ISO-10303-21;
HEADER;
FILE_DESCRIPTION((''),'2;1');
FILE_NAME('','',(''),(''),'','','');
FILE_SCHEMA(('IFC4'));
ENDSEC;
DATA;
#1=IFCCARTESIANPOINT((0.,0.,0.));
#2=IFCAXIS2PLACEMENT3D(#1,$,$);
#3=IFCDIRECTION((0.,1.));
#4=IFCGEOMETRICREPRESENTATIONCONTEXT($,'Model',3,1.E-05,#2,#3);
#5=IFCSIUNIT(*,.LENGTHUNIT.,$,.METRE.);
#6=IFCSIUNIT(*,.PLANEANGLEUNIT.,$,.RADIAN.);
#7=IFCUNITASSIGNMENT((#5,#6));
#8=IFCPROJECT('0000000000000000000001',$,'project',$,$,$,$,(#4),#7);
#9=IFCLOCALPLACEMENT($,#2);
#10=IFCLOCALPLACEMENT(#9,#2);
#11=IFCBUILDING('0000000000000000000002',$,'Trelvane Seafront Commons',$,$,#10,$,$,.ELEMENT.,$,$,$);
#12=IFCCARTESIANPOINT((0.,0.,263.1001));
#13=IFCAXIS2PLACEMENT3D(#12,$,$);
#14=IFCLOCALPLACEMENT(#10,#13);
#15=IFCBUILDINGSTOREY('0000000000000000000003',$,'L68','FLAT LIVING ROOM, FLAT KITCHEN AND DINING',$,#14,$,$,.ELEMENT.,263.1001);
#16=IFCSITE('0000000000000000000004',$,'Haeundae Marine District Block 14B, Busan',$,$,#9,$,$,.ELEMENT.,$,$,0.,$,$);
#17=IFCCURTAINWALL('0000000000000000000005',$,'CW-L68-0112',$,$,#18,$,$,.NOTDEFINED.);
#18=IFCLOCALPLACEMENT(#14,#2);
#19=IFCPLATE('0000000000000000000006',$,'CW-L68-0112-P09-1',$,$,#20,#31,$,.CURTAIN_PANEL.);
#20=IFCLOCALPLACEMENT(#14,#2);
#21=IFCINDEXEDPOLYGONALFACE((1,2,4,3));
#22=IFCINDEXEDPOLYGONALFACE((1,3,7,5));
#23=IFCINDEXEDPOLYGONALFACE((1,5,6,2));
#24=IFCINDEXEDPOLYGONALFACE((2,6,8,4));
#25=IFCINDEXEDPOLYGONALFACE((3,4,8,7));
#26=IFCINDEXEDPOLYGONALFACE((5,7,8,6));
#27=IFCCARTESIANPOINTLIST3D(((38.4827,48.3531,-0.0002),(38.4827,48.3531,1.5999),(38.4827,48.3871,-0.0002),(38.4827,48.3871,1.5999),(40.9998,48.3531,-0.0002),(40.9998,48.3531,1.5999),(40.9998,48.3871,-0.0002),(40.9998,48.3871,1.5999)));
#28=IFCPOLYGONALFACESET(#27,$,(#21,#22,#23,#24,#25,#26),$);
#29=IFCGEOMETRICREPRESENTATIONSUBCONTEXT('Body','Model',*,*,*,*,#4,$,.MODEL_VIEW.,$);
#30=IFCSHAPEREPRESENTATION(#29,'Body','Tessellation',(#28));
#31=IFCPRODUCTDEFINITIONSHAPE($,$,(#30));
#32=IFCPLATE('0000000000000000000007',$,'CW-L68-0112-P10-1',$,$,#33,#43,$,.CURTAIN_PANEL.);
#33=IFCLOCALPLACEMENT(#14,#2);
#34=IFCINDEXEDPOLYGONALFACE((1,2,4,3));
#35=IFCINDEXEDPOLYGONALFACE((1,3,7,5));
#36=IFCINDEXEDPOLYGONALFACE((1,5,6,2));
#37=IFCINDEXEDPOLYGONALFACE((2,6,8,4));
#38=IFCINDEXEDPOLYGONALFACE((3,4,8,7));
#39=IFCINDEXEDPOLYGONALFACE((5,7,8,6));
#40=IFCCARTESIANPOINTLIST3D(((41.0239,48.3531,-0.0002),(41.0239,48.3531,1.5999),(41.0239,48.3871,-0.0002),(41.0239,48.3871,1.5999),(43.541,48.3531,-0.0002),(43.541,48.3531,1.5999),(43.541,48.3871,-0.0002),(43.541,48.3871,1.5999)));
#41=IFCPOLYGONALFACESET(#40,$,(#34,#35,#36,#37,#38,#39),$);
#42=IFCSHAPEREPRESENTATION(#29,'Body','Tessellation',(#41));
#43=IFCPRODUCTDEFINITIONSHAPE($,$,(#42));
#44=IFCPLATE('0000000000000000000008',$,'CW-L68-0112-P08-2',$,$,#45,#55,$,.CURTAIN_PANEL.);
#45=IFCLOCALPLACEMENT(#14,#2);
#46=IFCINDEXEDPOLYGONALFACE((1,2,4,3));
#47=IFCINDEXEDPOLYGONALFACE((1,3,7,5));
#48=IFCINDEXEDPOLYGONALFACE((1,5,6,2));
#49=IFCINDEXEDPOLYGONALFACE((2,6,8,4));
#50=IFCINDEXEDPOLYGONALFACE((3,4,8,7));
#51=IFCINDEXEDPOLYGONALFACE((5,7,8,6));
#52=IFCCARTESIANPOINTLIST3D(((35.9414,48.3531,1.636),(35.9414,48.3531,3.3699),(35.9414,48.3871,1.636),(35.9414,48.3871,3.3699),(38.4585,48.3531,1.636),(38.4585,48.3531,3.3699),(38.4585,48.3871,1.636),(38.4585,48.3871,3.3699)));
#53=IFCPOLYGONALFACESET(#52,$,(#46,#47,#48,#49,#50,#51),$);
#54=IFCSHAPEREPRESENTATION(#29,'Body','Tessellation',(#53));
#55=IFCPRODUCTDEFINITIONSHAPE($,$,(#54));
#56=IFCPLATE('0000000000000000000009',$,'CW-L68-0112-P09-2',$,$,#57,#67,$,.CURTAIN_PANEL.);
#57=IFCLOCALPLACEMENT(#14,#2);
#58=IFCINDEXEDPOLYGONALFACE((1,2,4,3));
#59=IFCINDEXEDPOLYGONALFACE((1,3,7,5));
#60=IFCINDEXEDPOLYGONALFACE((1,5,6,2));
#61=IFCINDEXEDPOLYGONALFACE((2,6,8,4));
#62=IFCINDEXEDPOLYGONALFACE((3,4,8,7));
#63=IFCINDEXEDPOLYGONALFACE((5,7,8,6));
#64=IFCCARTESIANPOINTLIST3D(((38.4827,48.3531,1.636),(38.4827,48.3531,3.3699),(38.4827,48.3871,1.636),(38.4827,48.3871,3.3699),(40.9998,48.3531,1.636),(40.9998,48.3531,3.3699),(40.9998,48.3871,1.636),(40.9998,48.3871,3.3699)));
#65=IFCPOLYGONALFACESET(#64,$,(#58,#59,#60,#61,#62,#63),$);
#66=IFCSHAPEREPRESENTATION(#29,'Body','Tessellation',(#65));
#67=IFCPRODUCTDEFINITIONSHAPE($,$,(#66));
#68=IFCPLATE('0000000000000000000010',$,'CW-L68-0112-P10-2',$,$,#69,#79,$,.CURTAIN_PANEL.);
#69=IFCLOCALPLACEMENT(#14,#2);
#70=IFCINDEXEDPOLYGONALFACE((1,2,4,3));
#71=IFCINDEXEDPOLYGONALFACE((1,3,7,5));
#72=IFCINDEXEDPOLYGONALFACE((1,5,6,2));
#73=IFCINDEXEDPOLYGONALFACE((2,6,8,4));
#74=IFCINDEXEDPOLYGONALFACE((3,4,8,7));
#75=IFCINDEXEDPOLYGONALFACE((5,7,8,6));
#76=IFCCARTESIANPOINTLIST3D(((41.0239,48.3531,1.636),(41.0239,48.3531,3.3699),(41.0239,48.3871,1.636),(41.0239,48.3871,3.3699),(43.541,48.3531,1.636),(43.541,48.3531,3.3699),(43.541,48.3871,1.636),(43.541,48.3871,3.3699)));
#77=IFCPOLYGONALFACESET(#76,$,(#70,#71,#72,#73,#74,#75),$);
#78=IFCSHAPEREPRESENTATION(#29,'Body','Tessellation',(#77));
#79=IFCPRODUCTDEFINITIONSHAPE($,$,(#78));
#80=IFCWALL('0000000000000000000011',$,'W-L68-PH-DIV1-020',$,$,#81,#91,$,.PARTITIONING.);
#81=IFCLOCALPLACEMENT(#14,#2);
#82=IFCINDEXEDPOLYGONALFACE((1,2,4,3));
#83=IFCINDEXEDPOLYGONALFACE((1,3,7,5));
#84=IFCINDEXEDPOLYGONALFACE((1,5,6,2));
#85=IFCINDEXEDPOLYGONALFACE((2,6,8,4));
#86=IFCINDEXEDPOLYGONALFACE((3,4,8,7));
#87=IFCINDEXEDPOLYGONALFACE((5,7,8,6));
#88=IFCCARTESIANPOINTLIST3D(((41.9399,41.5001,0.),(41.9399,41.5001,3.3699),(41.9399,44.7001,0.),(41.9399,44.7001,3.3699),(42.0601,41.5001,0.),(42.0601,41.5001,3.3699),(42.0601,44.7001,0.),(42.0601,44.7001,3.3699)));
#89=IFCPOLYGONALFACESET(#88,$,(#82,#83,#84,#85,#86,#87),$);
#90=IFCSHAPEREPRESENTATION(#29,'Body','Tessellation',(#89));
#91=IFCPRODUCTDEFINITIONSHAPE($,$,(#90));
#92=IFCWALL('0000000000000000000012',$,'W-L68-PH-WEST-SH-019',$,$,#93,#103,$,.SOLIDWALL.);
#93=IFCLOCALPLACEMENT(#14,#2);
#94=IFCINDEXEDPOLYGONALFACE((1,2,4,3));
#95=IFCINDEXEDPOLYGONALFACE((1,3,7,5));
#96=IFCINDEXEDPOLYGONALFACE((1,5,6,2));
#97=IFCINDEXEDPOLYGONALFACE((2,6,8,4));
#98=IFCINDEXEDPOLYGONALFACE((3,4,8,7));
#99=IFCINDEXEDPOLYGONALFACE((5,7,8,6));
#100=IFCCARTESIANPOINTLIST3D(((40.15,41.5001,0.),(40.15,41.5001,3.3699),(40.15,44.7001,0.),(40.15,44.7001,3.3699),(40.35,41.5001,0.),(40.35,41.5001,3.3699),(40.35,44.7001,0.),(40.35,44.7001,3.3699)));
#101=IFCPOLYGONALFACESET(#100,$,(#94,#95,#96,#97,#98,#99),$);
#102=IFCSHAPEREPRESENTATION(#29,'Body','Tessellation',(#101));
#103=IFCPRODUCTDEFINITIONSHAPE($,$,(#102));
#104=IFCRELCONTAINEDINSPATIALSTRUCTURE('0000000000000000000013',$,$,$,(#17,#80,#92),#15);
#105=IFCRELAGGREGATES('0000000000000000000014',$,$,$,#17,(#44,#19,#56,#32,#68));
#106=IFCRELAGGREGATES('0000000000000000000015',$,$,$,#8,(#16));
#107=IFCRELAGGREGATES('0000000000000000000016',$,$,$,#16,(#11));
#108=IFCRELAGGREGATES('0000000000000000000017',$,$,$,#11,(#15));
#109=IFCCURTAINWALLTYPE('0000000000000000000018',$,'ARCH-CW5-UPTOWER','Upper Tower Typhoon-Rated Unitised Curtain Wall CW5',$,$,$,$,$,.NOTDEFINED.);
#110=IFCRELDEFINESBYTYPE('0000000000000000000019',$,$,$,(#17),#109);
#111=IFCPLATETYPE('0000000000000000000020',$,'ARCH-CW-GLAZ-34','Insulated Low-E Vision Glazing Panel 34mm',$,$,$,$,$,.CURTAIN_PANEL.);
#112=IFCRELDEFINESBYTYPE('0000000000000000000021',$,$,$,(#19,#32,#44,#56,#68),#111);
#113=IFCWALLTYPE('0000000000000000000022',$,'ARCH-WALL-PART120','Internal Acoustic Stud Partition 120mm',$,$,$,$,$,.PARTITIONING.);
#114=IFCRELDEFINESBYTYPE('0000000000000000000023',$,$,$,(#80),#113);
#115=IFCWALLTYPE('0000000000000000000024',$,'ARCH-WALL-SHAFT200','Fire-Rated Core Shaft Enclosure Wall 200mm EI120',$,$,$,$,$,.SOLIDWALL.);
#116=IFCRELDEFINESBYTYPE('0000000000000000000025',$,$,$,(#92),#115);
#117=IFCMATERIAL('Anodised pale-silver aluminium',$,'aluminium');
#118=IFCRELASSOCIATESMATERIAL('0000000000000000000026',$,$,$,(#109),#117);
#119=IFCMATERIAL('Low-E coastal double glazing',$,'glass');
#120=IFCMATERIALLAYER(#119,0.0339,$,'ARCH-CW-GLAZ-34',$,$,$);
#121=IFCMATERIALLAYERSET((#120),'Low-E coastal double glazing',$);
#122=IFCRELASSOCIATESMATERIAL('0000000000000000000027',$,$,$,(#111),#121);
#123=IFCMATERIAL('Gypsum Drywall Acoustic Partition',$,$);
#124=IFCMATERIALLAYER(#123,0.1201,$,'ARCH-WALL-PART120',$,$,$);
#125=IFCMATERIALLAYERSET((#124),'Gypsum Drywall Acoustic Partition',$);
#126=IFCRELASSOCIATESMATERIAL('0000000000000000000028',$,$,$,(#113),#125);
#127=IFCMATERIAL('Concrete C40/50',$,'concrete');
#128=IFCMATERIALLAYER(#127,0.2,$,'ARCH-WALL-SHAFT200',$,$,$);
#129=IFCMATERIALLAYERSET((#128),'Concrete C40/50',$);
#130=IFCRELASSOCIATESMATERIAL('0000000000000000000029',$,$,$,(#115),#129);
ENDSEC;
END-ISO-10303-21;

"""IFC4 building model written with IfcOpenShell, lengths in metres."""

from ifc_helpers import new_model, si_unit, direction, frame, frame_2d, origin, origin_2d, place, context, subcontext, project, spatial, rectangle, extrude, source, transform, mapped, material, layer, layer_set, type_object, element, aggregate, save


model = new_model("IFC4")

# Units and contexts
model_context = context("Model", 3, precision=1e-05, world=origin(), true_north=direction((0.0, 1.0)))
body_context = subcontext(model_context, "Body", "Model", "MODEL_VIEW")
ifc_project = project(units=[si_unit("LENGTHUNIT", "METRE"), si_unit("PLANEANGLEUNIT", "RADIAN")], contexts=[model_context])

# Site, building, storey
site_placement = place(None, origin())
site = spatial("IfcSite", under=ifc_project, at=site_placement, Name="Haeundae Marine District Block 14B, Busan", CompositionType="ELEMENT", RefElevation=0.0)
building_placement = place(site_placement, origin())
building = spatial("IfcBuilding", under=site, at=building_placement, Name="Trelvane Seafront Commons", CompositionType="ELEMENT")
storey_placement = place(building_placement, frame((0.0, 0.0, 263.1001)))
storey = spatial("IfcBuildingStorey", under=building, at=storey_placement, Name="L68", Description="FLAT LIVING ROOM, FLAT KITCHEN AND DINING", CompositionType="ELEMENT", Elevation=263.1001)

# Curtain wall
ifc_material_1 = material(Name="Anodised pale-silver aluminium", Category="aluminium")
curtain_wall_type = type_object("IfcCurtainWallType", Name="ARCH-CW5-UPTOWER", Description="Upper Tower Typhoon-Rated Unitised Curtain Wall CW5", PredefinedType="NOTDEFINED", material=ifc_material_1)
curtain_wall_placement = place(storey_placement, origin())
curtain_wall = element("IfcCurtainWall", 1, at=curtain_wall_placement, inside=storey, type_object=curtain_wall_type, Name="CW-L68-0112", PredefinedType="NOTDEFINED")

# Plates
ifc_material_2 = material(Name="Low-E coastal double glazing", Category="glass")
ifc_layer_1 = layer(ifc_material_2, 0.0339, Name="ARCH-CW-GLAZ-34")
ifc_layer_set_1 = layer_set([ifc_layer_1], Name="Low-E coastal double glazing")
plate_type_1 = type_object("IfcPlateType", Name="ARCH-CW-GLAZ-34", Description="Insulated Low-E Vision Glazing Panel 34mm", PredefinedType="CURTAIN_PANEL", material=ifc_layer_set_1)
shared_shape_1 = source(origin(), body_context, "Body", "SweptSolid", [
    extrude(rectangle(XDim=2.5171, YDim=0.0339, at=origin_2d()), origin(), (0.0, 0.0, 1.0), 1.6001),
])
plate_1_placement = place(storey_placement, frame((39.7412, 48.3701, -0.0002), z_axis=(0.0, 0.0, 1.0), x_axis=(1.0, 0.0, 0.0)))
plate_1 = element("IfcPlate", 2, at=plate_1_placement, type_object=plate_type_1, Name="CW-L68-0112-P09-1", PredefinedType="CURTAIN_PANEL", context=body_context, shape_type="MappedRepresentation", body=[
    mapped(shared_shape_1, transform((0.0, 0.0, 0.0), x_axis=(1.0, 0.0, 0.0), y_axis=(0.0, 1.0, 0.0), z_axis=(0.0, 0.0, 1.0), scale=1.0)),
])
plate_2_placement = place(storey_placement, frame((42.2825, 48.3701, -0.0002), z_axis=(0.0, 0.0, 1.0), x_axis=(1.0, 0.0, 0.0)))
plate_2 = element("IfcPlate", 3, at=plate_2_placement, type_object=plate_type_1, Name="CW-L68-0112-P10-1", PredefinedType="CURTAIN_PANEL", context=body_context, shape_type="MappedRepresentation", body=[
    mapped(shared_shape_1, transform((0.0, 0.0, 0.0), x_axis=(1.0, 0.0, 0.0), y_axis=(0.0, 1.0, 0.0), z_axis=(0.0, 0.0, 1.0), scale=1.0)),
])
shared_shape_2 = source(origin(), body_context, "Body", "SweptSolid", [
    extrude(rectangle(XDim=2.5171, YDim=0.0339, at=origin_2d()), origin(), (0.0, 0.0, 1.0), 1.7339),
])
plate_3_placement = place(storey_placement, frame((37.2, 48.3701, 1.636), z_axis=(0.0, 0.0, 1.0), x_axis=(1.0, 0.0, 0.0)))
plate_3 = element("IfcPlate", 4, at=plate_3_placement, type_object=plate_type_1, Name="CW-L68-0112-P08-2", PredefinedType="CURTAIN_PANEL", context=body_context, shape_type="MappedRepresentation", body=[
    mapped(shared_shape_2, transform((0.0, 0.0, 0.0), x_axis=(1.0, 0.0, 0.0), y_axis=(0.0, 1.0, 0.0), z_axis=(0.0, 0.0, 1.0), scale=1.0)),
])
plate_4_placement = place(storey_placement, frame((39.7412, 48.3701, 1.636), z_axis=(0.0, 0.0, 1.0), x_axis=(1.0, 0.0, 0.0)))
plate_4 = element("IfcPlate", 5, at=plate_4_placement, type_object=plate_type_1, Name="CW-L68-0112-P09-2", PredefinedType="CURTAIN_PANEL", context=body_context, shape_type="MappedRepresentation", body=[
    mapped(shared_shape_2, transform((0.0, 0.0, 0.0), x_axis=(1.0, 0.0, 0.0), y_axis=(0.0, 1.0, 0.0), z_axis=(0.0, 0.0, 1.0), scale=1.0)),
])
plate_5_placement = place(storey_placement, frame((42.2825, 48.3701, 1.636), z_axis=(0.0, 0.0, 1.0), x_axis=(1.0, 0.0, 0.0)))
plate_5 = element("IfcPlate", 6, at=plate_5_placement, type_object=plate_type_1, Name="CW-L68-0112-P10-2", PredefinedType="CURTAIN_PANEL", context=body_context, shape_type="MappedRepresentation", body=[
    mapped(shared_shape_2, transform((0.0, 0.0, 0.0), x_axis=(1.0, 0.0, 0.0), y_axis=(0.0, 1.0, 0.0), z_axis=(0.0, 0.0, 1.0), scale=1.0)),
])
aggregate(curtain_wall, [plate_3, plate_1, plate_4, plate_2, plate_5])

# Wall
ifc_material_3 = material(Name="Gypsum Drywall Acoustic Partition")
ifc_layer_2 = layer(ifc_material_3, 0.1201, Name="ARCH-WALL-PART120")
ifc_layer_set_2 = layer_set([ifc_layer_2], Name="Gypsum Drywall Acoustic Partition")
wall_type_1 = type_object("IfcWallType", Name="ARCH-WALL-PART120", Description="Internal Acoustic Stud Partition 120mm", PredefinedType="PARTITIONING", material=ifc_layer_set_2)
wall_1_placement = place(storey_placement, frame((42.0, 41.5, 0.0), z_axis=(0.0, 0.0, 1.0), x_axis=(0.0, 1.0, 0.0)))
element("IfcWall", 7, at=wall_1_placement, inside=storey, type_object=wall_type_1, Name="W-L68-PH-DIV1-020", PredefinedType="PARTITIONING", context=body_context, shape_type="SweptSolid", body=[
    extrude(rectangle(XDim=3.2, YDim=0.1201, at=frame_2d((1.6001, 0.0))), origin(), (0.0, 0.0, 1.0), 3.3699),
])

# Shared definitions
ifc_material_4 = material(Name="Concrete C40/50", Category="concrete")
ifc_layer_3 = layer(ifc_material_4, 0.2, Name="ARCH-WALL-SHAFT200")
ifc_layer_set_3 = layer_set([ifc_layer_3], Name="Concrete C40/50")
wall_type_2 = type_object("IfcWallType", Name="ARCH-WALL-SHAFT200", Description="Fire-Rated Core Shaft Enclosure Wall 200mm EI120", PredefinedType="SOLIDWALL", material=ifc_layer_set_3)

# Wall
wall_2_placement = place(storey_placement, frame((40.25, 41.5, 0.0), z_axis=(0.0, 0.0, 1.0), x_axis=(0.0, 1.0, 0.0)))
element("IfcWall", 8, at=wall_2_placement, inside=storey, type_object=wall_type_2, Name="W-L68-PH-WEST-SH-019", PredefinedType="SOLIDWALL", context=body_context, shape_type="SweptSolid", body=[
    extrude(rectangle(XDim=3.2, YDim=0.2, at=frame_2d((1.6001, 0.0))), origin(), (0.0, 0.0, 1.0), 3.3699),
])

save(model, "model.ifc")
